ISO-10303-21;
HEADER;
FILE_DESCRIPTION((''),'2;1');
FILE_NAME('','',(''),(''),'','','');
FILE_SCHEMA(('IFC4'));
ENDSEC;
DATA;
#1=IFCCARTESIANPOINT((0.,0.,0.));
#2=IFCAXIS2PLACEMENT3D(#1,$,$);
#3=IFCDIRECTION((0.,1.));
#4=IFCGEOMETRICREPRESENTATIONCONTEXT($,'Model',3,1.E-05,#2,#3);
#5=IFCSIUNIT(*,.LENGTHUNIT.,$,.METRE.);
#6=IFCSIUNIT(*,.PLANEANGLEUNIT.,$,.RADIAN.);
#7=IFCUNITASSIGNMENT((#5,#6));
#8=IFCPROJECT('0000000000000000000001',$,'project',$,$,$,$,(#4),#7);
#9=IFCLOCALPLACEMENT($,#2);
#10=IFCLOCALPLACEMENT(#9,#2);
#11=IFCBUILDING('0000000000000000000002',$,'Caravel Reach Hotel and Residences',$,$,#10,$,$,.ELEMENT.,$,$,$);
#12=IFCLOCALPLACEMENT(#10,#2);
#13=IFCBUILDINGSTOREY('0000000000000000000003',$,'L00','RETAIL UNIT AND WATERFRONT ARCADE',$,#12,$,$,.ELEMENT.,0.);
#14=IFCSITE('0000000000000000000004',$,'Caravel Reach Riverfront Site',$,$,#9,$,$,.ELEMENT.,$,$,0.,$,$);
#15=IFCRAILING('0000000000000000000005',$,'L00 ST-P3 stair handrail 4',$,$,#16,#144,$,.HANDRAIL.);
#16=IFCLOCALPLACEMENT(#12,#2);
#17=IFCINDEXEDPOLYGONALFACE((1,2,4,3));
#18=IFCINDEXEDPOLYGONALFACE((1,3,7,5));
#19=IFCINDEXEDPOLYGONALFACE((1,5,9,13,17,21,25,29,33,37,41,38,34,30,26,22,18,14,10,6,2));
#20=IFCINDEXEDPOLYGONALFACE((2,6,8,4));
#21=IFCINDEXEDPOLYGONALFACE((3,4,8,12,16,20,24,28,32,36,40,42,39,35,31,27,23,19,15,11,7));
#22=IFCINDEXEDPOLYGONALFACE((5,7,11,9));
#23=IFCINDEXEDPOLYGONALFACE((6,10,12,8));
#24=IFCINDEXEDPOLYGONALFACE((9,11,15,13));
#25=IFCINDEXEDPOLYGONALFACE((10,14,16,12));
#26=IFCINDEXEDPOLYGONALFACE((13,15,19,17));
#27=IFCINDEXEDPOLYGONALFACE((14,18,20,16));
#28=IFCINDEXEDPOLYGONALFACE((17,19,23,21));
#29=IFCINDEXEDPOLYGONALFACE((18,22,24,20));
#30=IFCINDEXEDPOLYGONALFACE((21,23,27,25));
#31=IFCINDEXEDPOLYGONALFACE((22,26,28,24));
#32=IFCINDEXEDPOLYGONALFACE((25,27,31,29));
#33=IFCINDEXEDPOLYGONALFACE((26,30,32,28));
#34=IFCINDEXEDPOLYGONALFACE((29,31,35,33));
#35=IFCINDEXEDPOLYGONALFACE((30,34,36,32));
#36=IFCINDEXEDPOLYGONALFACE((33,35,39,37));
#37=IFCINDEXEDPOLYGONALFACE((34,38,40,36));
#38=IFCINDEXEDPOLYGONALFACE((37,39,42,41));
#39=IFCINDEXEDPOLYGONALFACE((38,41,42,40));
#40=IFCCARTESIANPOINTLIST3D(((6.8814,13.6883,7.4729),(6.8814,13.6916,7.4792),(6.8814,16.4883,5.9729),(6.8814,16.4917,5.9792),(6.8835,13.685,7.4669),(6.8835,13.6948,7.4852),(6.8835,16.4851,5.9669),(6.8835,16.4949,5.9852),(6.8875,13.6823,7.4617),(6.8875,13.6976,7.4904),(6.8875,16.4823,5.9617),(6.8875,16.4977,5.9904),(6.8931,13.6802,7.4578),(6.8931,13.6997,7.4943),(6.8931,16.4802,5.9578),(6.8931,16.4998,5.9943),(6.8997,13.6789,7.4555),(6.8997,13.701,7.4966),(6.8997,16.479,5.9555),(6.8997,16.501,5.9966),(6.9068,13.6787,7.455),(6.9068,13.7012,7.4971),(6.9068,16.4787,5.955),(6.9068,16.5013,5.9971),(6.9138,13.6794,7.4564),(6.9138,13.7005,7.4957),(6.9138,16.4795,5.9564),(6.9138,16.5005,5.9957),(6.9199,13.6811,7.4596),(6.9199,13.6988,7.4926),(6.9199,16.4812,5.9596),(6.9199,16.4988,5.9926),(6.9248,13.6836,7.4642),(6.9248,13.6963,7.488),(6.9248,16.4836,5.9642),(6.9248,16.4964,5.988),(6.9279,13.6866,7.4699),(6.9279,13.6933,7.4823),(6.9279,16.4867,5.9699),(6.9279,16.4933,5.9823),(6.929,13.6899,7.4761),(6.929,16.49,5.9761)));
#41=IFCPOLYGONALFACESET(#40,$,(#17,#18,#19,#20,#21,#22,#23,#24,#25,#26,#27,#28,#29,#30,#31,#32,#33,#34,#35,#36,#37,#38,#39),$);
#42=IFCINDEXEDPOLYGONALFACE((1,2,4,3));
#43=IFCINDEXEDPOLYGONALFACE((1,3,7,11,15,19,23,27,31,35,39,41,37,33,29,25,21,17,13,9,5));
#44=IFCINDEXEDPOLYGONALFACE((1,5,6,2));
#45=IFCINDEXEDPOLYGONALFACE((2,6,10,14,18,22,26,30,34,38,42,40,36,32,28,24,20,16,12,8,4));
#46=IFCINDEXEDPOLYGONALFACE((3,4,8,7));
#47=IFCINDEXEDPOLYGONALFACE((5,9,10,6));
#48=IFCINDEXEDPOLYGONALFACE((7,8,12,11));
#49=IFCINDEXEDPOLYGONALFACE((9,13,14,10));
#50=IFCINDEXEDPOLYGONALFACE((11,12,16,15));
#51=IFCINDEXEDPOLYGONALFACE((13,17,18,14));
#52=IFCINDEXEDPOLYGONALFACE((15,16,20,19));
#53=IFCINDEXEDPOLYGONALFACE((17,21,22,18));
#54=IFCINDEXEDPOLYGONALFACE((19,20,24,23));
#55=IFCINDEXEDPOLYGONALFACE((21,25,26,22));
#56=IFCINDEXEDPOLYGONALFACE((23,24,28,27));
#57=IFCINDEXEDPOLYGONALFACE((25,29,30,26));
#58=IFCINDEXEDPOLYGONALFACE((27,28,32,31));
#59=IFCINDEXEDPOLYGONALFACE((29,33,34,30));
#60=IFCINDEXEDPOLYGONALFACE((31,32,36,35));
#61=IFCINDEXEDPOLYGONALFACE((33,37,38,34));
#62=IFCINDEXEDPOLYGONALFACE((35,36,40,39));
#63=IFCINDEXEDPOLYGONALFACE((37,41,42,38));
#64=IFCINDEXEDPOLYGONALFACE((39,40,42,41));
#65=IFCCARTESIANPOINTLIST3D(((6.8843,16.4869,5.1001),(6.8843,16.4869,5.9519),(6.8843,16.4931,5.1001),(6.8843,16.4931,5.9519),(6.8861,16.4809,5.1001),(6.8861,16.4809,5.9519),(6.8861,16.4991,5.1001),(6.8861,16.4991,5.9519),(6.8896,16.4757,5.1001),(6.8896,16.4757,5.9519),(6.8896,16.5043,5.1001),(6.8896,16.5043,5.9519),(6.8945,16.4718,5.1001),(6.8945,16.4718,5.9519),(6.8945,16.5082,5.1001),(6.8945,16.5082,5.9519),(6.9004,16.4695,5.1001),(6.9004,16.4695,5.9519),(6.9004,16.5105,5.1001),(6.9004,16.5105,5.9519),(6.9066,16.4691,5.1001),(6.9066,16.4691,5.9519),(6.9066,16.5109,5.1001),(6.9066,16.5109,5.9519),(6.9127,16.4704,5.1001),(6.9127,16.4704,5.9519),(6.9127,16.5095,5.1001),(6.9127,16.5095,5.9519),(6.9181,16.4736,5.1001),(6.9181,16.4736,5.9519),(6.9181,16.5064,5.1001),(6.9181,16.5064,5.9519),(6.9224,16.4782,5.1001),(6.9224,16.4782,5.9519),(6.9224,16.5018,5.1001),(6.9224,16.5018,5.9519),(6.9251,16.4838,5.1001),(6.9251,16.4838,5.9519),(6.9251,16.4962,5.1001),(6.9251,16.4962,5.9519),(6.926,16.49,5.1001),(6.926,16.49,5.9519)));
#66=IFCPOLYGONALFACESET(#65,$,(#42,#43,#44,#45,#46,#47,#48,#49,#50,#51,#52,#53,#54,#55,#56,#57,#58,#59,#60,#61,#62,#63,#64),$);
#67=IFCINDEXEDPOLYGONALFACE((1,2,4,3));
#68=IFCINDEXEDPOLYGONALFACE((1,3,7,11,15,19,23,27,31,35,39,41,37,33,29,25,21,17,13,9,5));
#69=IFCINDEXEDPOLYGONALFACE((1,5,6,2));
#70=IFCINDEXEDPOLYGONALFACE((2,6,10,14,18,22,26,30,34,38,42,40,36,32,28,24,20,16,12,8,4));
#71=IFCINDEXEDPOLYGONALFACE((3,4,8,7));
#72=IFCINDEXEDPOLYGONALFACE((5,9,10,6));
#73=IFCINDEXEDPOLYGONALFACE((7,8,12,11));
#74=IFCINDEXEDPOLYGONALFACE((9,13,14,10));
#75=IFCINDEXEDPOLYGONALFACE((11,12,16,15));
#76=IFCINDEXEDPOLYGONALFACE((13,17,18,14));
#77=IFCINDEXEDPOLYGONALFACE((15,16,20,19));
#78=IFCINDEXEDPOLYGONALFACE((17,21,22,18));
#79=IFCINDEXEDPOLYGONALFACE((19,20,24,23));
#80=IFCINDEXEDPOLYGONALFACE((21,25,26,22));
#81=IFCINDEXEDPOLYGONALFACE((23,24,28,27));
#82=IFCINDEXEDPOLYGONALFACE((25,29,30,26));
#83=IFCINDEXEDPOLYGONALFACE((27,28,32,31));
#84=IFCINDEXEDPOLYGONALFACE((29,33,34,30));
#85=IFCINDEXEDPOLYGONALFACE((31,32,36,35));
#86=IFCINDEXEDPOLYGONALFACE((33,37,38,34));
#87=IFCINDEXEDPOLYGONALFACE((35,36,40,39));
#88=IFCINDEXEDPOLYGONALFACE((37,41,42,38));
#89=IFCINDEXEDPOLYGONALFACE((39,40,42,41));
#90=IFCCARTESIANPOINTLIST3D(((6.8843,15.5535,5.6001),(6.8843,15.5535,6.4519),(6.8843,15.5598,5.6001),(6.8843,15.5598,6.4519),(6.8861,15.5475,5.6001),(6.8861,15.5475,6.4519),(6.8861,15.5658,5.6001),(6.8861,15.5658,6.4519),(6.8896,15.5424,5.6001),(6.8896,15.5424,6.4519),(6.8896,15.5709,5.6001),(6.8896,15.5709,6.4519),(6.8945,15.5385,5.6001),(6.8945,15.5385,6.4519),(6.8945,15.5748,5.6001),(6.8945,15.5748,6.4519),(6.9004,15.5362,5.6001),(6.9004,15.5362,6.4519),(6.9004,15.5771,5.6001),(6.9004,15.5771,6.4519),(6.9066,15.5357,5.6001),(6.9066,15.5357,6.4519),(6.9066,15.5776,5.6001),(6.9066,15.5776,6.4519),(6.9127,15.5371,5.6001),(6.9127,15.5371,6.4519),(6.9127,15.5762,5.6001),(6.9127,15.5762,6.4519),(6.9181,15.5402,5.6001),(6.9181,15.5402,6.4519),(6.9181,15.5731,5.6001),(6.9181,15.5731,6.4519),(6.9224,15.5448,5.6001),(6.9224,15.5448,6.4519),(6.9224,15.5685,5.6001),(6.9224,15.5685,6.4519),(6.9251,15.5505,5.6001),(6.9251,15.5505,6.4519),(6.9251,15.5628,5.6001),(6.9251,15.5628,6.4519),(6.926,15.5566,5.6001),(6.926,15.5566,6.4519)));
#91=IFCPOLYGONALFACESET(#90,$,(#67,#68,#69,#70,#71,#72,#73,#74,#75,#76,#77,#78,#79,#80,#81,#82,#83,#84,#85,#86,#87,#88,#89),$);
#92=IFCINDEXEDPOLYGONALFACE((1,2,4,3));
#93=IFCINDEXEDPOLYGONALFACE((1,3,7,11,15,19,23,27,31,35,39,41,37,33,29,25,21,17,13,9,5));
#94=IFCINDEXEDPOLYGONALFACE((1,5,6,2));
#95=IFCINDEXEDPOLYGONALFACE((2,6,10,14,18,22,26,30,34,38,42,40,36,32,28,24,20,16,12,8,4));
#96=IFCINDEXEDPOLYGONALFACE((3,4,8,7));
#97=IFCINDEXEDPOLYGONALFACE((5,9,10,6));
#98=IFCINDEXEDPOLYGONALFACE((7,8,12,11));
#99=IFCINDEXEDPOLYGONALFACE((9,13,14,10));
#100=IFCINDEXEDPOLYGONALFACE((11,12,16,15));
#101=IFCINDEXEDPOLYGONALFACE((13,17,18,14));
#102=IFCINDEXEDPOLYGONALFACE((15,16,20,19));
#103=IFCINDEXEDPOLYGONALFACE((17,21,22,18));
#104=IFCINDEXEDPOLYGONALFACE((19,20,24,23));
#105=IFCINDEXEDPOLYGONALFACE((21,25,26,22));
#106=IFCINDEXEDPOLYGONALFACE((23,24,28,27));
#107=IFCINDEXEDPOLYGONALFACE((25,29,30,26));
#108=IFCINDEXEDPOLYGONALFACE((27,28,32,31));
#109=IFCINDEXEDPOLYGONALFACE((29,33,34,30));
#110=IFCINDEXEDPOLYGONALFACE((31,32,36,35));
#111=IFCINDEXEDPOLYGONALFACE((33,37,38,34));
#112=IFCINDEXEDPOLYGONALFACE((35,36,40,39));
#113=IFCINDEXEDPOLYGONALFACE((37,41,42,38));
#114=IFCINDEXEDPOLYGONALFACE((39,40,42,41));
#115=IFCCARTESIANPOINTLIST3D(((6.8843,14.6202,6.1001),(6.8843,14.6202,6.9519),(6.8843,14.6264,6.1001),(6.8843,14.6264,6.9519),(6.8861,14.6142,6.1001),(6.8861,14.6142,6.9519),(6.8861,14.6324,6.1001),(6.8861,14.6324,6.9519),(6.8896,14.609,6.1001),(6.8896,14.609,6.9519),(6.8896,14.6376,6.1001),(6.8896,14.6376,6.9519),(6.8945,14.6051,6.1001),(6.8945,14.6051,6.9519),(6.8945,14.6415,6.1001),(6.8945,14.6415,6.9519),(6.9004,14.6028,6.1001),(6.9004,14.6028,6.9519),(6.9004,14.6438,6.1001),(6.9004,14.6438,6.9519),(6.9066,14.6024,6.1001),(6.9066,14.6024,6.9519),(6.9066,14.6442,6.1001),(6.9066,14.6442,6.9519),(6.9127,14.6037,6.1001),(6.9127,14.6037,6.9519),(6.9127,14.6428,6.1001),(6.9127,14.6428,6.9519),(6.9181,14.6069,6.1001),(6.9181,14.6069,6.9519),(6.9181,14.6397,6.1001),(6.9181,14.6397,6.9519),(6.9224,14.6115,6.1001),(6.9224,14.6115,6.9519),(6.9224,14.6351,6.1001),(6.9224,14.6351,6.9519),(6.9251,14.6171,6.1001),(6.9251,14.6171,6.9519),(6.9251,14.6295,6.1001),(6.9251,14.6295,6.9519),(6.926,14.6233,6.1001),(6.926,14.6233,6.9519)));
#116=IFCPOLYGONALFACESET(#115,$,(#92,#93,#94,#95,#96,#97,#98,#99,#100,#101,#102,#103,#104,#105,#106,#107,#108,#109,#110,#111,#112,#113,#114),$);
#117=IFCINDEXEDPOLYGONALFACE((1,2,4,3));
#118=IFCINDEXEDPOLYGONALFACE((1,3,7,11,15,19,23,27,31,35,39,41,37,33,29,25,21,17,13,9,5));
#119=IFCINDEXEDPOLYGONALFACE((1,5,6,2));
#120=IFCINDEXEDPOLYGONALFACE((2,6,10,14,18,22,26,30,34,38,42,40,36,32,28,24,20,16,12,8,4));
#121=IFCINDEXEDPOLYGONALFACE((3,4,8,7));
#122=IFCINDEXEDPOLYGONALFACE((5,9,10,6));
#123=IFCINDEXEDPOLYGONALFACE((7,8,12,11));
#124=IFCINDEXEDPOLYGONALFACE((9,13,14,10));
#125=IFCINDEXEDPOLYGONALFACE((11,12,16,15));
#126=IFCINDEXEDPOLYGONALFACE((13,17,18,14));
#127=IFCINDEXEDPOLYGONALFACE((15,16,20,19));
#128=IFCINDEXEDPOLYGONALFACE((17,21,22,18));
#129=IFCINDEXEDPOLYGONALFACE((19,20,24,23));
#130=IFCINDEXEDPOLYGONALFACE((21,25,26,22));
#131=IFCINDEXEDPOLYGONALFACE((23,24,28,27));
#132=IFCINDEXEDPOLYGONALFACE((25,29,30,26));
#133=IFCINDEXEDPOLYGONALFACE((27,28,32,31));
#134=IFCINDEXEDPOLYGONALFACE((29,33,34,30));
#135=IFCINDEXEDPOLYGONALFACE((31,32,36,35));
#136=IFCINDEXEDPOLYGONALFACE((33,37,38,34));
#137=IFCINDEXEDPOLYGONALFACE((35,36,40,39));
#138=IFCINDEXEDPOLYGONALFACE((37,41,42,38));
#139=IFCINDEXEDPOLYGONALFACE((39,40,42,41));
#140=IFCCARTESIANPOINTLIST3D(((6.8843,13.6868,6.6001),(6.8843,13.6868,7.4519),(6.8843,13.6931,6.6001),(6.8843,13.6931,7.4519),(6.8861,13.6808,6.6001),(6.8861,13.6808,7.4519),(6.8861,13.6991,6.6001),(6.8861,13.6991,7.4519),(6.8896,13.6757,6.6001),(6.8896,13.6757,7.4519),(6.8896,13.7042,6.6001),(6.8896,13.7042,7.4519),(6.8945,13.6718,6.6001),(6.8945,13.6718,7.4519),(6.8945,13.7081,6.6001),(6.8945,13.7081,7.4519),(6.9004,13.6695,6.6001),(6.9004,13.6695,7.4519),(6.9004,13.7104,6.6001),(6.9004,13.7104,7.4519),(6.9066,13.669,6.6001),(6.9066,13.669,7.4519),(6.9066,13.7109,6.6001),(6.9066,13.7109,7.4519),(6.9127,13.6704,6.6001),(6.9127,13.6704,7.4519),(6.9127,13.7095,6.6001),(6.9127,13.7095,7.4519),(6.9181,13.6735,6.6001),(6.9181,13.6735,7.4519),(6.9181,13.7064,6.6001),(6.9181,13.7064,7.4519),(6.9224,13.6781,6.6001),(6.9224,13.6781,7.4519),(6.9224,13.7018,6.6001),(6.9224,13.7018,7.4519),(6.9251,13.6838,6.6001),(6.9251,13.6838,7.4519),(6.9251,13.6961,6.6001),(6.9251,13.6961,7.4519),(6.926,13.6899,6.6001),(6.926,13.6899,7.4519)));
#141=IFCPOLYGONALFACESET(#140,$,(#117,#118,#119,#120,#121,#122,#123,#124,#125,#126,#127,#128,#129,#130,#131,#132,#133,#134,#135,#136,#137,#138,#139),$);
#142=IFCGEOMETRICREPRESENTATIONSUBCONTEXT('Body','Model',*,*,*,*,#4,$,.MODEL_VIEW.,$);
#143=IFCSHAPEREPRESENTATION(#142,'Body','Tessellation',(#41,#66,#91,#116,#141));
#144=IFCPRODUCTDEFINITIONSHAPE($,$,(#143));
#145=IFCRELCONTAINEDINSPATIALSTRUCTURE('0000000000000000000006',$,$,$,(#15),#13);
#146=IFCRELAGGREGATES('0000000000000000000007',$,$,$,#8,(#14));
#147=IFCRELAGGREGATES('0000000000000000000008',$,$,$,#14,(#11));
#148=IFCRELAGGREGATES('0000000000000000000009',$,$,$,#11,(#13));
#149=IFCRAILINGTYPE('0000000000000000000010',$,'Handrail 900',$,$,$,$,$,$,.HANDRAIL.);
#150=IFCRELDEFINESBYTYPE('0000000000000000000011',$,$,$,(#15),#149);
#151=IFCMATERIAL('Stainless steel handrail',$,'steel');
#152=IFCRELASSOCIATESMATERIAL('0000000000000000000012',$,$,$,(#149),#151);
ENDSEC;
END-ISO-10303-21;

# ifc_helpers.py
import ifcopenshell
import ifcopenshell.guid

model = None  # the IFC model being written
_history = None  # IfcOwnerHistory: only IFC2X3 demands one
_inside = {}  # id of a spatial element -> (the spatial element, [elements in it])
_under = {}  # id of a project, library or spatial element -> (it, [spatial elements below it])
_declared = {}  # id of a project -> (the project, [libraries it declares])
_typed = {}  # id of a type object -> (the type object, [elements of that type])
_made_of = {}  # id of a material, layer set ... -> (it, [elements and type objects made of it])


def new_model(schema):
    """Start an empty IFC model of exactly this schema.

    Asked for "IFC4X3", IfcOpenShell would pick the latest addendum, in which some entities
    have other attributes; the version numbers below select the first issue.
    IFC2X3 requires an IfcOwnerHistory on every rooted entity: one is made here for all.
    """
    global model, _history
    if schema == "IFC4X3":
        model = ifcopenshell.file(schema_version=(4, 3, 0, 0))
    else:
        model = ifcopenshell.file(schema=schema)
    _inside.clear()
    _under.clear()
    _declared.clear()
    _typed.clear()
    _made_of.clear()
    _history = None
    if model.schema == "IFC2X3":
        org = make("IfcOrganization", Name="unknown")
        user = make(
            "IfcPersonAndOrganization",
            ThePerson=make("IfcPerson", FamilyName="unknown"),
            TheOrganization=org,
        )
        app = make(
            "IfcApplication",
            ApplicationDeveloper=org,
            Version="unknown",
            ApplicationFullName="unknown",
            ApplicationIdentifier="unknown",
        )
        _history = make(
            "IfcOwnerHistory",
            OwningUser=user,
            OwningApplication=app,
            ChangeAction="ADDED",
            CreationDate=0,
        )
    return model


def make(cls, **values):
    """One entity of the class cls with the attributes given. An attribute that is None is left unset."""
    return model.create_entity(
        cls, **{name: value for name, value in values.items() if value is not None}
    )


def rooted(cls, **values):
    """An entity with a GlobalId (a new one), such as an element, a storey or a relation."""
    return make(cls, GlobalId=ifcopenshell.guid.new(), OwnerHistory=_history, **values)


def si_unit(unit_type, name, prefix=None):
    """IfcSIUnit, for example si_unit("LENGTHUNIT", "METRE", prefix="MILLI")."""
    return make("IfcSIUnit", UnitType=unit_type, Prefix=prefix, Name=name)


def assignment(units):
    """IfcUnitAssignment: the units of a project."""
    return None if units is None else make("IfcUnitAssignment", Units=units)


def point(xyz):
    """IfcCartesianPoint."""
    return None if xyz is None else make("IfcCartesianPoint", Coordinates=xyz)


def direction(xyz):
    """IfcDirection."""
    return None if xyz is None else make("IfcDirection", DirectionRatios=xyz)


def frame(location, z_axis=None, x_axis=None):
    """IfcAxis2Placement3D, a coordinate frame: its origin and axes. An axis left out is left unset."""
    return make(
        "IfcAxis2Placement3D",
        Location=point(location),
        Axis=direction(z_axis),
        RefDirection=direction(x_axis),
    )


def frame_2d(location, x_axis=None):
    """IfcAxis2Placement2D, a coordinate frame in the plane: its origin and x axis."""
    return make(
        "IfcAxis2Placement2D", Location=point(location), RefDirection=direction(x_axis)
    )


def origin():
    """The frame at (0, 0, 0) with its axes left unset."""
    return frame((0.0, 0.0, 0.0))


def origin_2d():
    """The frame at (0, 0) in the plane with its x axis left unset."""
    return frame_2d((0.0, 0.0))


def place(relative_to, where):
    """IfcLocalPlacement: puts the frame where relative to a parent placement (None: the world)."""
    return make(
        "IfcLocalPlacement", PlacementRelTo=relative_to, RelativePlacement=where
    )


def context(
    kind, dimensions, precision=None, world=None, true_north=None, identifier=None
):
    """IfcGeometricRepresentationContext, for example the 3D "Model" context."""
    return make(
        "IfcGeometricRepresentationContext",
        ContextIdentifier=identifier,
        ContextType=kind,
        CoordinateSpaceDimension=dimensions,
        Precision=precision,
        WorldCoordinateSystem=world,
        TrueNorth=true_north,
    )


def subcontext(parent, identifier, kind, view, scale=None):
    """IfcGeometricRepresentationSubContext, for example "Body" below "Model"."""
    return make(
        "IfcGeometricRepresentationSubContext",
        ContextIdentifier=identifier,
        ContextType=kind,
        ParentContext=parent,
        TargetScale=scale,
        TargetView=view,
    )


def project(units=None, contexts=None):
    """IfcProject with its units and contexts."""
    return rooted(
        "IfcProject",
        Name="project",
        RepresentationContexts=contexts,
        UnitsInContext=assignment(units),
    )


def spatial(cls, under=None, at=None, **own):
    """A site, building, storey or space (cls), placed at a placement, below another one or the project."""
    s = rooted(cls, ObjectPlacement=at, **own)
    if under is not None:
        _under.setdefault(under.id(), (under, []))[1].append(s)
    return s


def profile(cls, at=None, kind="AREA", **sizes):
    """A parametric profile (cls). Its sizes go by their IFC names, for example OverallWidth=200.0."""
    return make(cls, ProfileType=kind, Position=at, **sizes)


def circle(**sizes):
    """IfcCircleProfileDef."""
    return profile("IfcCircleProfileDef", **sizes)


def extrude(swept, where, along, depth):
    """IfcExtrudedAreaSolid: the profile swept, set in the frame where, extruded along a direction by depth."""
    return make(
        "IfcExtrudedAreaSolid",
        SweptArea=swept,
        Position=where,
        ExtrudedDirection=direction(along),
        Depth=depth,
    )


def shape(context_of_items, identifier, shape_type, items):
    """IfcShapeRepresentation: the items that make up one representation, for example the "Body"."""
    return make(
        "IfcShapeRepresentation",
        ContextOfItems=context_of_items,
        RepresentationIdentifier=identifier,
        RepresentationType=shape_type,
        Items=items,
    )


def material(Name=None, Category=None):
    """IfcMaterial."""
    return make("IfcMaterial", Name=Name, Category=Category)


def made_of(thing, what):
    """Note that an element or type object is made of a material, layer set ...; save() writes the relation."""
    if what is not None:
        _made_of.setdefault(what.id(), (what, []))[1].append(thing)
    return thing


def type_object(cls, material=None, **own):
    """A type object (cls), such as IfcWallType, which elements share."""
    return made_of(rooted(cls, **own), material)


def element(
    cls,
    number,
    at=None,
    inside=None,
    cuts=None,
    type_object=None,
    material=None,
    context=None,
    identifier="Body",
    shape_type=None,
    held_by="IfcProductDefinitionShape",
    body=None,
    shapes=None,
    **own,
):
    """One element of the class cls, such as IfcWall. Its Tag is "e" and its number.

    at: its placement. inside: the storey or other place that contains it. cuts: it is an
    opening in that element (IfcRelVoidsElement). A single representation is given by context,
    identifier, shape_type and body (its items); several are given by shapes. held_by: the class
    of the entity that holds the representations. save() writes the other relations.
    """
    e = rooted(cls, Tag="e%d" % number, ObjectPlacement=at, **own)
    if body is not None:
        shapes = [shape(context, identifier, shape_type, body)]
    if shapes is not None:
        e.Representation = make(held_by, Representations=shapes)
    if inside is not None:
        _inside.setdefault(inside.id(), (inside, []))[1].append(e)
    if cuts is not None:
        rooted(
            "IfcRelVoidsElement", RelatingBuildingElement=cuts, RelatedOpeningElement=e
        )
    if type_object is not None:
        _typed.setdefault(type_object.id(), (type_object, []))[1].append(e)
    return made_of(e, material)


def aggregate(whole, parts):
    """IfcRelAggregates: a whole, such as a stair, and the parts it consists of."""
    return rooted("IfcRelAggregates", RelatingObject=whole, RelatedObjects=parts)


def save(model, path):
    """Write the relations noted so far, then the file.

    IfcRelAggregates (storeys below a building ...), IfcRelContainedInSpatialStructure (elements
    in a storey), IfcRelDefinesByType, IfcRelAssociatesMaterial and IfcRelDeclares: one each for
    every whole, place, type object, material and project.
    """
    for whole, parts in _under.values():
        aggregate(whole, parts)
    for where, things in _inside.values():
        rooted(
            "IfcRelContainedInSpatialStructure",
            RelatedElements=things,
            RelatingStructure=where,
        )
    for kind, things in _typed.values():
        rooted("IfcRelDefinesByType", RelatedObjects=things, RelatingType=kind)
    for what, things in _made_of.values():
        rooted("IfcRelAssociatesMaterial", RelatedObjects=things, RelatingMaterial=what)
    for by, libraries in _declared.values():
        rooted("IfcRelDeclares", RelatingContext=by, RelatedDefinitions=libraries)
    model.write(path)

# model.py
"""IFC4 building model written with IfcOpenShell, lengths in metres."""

from ifc_helpers import new_model, si_unit, direction, frame, origin, origin_2d, place, context, subcontext, project, spatial, circle, extrude, material, type_object, element, save


model = new_model("IFC4")

# Units and contexts
model_context = context("Model", 3, precision=1e-05, world=origin(), true_north=direction((0.0, 1.0)))
body_context = subcontext(model_context, "Body", "Model", "MODEL_VIEW")
ifc_project = project(units=[si_unit("LENGTHUNIT", "METRE"), si_unit("PLANEANGLEUNIT", "RADIAN")], contexts=[model_context])

# Site, building, storey
site_placement = place(None, origin())
site = spatial("IfcSite", under=ifc_project, at=site_placement, Name="Caravel Reach Riverfront Site", CompositionType="ELEMENT", RefElevation=0.0)
building_placement = place(site_placement, origin())
building = spatial("IfcBuilding", under=site, at=building_placement, Name="Caravel Reach Hotel and Residences", CompositionType="ELEMENT")
storey_placement = place(building_placement, origin())
storey = spatial("IfcBuildingStorey", under=building, at=storey_placement, Name="L00", Description="RETAIL UNIT AND WATERFRONT ARCADE", CompositionType="ELEMENT", Elevation=0.0)

# Railing
ifc_material_1 = material(Name="Stainless steel handrail", Category="steel")
railing_type_1 = type_object("IfcRailingType", Name="Handrail 900", PredefinedType="HANDRAIL", material=ifc_material_1)
for number, where, name in (
    (1, (6.905, 16.49, 5.1001), "L00 ST-P3 stair handrail 4"),
):
    element("IfcRailing", number, at=place(storey_placement, frame(where)), inside=storey, type_object=railing_type_1, Name=name, PredefinedType="HANDRAIL", context=body_context, shape_type="SweptSolid", body=[
        extrude(circle(Radius=0.0239, at=origin_2d()), frame((0.0, 0.0, 0.876), z_axis=(0.0, -0.881483, 0.472215), x_axis=(1.0, 0.0, 0.0)), (0.0, 0.0, 1.0), 3.1765),
        extrude(circle(Radius=0.021, at=origin_2d()), origin(), (0.0, 0.0, 1.0), 0.8518),
        extrude(circle(Radius=0.021, at=origin_2d()), frame((0.0, -0.9333, 0.5)), (0.0, 0.0, 1.0), 0.8518),
        extrude(circle(Radius=0.021, at=origin_2d()), frame((0.0, -1.8667, 1.0)), (0.0, 0.0, 1.0), 0.8518),
        extrude(circle(Radius=0.021, at=origin_2d()), frame((0.0, -2.8, 1.5)), (0.0, 0.0, 1.0), 0.8518),
    ])

save(model, "model.ifc")
